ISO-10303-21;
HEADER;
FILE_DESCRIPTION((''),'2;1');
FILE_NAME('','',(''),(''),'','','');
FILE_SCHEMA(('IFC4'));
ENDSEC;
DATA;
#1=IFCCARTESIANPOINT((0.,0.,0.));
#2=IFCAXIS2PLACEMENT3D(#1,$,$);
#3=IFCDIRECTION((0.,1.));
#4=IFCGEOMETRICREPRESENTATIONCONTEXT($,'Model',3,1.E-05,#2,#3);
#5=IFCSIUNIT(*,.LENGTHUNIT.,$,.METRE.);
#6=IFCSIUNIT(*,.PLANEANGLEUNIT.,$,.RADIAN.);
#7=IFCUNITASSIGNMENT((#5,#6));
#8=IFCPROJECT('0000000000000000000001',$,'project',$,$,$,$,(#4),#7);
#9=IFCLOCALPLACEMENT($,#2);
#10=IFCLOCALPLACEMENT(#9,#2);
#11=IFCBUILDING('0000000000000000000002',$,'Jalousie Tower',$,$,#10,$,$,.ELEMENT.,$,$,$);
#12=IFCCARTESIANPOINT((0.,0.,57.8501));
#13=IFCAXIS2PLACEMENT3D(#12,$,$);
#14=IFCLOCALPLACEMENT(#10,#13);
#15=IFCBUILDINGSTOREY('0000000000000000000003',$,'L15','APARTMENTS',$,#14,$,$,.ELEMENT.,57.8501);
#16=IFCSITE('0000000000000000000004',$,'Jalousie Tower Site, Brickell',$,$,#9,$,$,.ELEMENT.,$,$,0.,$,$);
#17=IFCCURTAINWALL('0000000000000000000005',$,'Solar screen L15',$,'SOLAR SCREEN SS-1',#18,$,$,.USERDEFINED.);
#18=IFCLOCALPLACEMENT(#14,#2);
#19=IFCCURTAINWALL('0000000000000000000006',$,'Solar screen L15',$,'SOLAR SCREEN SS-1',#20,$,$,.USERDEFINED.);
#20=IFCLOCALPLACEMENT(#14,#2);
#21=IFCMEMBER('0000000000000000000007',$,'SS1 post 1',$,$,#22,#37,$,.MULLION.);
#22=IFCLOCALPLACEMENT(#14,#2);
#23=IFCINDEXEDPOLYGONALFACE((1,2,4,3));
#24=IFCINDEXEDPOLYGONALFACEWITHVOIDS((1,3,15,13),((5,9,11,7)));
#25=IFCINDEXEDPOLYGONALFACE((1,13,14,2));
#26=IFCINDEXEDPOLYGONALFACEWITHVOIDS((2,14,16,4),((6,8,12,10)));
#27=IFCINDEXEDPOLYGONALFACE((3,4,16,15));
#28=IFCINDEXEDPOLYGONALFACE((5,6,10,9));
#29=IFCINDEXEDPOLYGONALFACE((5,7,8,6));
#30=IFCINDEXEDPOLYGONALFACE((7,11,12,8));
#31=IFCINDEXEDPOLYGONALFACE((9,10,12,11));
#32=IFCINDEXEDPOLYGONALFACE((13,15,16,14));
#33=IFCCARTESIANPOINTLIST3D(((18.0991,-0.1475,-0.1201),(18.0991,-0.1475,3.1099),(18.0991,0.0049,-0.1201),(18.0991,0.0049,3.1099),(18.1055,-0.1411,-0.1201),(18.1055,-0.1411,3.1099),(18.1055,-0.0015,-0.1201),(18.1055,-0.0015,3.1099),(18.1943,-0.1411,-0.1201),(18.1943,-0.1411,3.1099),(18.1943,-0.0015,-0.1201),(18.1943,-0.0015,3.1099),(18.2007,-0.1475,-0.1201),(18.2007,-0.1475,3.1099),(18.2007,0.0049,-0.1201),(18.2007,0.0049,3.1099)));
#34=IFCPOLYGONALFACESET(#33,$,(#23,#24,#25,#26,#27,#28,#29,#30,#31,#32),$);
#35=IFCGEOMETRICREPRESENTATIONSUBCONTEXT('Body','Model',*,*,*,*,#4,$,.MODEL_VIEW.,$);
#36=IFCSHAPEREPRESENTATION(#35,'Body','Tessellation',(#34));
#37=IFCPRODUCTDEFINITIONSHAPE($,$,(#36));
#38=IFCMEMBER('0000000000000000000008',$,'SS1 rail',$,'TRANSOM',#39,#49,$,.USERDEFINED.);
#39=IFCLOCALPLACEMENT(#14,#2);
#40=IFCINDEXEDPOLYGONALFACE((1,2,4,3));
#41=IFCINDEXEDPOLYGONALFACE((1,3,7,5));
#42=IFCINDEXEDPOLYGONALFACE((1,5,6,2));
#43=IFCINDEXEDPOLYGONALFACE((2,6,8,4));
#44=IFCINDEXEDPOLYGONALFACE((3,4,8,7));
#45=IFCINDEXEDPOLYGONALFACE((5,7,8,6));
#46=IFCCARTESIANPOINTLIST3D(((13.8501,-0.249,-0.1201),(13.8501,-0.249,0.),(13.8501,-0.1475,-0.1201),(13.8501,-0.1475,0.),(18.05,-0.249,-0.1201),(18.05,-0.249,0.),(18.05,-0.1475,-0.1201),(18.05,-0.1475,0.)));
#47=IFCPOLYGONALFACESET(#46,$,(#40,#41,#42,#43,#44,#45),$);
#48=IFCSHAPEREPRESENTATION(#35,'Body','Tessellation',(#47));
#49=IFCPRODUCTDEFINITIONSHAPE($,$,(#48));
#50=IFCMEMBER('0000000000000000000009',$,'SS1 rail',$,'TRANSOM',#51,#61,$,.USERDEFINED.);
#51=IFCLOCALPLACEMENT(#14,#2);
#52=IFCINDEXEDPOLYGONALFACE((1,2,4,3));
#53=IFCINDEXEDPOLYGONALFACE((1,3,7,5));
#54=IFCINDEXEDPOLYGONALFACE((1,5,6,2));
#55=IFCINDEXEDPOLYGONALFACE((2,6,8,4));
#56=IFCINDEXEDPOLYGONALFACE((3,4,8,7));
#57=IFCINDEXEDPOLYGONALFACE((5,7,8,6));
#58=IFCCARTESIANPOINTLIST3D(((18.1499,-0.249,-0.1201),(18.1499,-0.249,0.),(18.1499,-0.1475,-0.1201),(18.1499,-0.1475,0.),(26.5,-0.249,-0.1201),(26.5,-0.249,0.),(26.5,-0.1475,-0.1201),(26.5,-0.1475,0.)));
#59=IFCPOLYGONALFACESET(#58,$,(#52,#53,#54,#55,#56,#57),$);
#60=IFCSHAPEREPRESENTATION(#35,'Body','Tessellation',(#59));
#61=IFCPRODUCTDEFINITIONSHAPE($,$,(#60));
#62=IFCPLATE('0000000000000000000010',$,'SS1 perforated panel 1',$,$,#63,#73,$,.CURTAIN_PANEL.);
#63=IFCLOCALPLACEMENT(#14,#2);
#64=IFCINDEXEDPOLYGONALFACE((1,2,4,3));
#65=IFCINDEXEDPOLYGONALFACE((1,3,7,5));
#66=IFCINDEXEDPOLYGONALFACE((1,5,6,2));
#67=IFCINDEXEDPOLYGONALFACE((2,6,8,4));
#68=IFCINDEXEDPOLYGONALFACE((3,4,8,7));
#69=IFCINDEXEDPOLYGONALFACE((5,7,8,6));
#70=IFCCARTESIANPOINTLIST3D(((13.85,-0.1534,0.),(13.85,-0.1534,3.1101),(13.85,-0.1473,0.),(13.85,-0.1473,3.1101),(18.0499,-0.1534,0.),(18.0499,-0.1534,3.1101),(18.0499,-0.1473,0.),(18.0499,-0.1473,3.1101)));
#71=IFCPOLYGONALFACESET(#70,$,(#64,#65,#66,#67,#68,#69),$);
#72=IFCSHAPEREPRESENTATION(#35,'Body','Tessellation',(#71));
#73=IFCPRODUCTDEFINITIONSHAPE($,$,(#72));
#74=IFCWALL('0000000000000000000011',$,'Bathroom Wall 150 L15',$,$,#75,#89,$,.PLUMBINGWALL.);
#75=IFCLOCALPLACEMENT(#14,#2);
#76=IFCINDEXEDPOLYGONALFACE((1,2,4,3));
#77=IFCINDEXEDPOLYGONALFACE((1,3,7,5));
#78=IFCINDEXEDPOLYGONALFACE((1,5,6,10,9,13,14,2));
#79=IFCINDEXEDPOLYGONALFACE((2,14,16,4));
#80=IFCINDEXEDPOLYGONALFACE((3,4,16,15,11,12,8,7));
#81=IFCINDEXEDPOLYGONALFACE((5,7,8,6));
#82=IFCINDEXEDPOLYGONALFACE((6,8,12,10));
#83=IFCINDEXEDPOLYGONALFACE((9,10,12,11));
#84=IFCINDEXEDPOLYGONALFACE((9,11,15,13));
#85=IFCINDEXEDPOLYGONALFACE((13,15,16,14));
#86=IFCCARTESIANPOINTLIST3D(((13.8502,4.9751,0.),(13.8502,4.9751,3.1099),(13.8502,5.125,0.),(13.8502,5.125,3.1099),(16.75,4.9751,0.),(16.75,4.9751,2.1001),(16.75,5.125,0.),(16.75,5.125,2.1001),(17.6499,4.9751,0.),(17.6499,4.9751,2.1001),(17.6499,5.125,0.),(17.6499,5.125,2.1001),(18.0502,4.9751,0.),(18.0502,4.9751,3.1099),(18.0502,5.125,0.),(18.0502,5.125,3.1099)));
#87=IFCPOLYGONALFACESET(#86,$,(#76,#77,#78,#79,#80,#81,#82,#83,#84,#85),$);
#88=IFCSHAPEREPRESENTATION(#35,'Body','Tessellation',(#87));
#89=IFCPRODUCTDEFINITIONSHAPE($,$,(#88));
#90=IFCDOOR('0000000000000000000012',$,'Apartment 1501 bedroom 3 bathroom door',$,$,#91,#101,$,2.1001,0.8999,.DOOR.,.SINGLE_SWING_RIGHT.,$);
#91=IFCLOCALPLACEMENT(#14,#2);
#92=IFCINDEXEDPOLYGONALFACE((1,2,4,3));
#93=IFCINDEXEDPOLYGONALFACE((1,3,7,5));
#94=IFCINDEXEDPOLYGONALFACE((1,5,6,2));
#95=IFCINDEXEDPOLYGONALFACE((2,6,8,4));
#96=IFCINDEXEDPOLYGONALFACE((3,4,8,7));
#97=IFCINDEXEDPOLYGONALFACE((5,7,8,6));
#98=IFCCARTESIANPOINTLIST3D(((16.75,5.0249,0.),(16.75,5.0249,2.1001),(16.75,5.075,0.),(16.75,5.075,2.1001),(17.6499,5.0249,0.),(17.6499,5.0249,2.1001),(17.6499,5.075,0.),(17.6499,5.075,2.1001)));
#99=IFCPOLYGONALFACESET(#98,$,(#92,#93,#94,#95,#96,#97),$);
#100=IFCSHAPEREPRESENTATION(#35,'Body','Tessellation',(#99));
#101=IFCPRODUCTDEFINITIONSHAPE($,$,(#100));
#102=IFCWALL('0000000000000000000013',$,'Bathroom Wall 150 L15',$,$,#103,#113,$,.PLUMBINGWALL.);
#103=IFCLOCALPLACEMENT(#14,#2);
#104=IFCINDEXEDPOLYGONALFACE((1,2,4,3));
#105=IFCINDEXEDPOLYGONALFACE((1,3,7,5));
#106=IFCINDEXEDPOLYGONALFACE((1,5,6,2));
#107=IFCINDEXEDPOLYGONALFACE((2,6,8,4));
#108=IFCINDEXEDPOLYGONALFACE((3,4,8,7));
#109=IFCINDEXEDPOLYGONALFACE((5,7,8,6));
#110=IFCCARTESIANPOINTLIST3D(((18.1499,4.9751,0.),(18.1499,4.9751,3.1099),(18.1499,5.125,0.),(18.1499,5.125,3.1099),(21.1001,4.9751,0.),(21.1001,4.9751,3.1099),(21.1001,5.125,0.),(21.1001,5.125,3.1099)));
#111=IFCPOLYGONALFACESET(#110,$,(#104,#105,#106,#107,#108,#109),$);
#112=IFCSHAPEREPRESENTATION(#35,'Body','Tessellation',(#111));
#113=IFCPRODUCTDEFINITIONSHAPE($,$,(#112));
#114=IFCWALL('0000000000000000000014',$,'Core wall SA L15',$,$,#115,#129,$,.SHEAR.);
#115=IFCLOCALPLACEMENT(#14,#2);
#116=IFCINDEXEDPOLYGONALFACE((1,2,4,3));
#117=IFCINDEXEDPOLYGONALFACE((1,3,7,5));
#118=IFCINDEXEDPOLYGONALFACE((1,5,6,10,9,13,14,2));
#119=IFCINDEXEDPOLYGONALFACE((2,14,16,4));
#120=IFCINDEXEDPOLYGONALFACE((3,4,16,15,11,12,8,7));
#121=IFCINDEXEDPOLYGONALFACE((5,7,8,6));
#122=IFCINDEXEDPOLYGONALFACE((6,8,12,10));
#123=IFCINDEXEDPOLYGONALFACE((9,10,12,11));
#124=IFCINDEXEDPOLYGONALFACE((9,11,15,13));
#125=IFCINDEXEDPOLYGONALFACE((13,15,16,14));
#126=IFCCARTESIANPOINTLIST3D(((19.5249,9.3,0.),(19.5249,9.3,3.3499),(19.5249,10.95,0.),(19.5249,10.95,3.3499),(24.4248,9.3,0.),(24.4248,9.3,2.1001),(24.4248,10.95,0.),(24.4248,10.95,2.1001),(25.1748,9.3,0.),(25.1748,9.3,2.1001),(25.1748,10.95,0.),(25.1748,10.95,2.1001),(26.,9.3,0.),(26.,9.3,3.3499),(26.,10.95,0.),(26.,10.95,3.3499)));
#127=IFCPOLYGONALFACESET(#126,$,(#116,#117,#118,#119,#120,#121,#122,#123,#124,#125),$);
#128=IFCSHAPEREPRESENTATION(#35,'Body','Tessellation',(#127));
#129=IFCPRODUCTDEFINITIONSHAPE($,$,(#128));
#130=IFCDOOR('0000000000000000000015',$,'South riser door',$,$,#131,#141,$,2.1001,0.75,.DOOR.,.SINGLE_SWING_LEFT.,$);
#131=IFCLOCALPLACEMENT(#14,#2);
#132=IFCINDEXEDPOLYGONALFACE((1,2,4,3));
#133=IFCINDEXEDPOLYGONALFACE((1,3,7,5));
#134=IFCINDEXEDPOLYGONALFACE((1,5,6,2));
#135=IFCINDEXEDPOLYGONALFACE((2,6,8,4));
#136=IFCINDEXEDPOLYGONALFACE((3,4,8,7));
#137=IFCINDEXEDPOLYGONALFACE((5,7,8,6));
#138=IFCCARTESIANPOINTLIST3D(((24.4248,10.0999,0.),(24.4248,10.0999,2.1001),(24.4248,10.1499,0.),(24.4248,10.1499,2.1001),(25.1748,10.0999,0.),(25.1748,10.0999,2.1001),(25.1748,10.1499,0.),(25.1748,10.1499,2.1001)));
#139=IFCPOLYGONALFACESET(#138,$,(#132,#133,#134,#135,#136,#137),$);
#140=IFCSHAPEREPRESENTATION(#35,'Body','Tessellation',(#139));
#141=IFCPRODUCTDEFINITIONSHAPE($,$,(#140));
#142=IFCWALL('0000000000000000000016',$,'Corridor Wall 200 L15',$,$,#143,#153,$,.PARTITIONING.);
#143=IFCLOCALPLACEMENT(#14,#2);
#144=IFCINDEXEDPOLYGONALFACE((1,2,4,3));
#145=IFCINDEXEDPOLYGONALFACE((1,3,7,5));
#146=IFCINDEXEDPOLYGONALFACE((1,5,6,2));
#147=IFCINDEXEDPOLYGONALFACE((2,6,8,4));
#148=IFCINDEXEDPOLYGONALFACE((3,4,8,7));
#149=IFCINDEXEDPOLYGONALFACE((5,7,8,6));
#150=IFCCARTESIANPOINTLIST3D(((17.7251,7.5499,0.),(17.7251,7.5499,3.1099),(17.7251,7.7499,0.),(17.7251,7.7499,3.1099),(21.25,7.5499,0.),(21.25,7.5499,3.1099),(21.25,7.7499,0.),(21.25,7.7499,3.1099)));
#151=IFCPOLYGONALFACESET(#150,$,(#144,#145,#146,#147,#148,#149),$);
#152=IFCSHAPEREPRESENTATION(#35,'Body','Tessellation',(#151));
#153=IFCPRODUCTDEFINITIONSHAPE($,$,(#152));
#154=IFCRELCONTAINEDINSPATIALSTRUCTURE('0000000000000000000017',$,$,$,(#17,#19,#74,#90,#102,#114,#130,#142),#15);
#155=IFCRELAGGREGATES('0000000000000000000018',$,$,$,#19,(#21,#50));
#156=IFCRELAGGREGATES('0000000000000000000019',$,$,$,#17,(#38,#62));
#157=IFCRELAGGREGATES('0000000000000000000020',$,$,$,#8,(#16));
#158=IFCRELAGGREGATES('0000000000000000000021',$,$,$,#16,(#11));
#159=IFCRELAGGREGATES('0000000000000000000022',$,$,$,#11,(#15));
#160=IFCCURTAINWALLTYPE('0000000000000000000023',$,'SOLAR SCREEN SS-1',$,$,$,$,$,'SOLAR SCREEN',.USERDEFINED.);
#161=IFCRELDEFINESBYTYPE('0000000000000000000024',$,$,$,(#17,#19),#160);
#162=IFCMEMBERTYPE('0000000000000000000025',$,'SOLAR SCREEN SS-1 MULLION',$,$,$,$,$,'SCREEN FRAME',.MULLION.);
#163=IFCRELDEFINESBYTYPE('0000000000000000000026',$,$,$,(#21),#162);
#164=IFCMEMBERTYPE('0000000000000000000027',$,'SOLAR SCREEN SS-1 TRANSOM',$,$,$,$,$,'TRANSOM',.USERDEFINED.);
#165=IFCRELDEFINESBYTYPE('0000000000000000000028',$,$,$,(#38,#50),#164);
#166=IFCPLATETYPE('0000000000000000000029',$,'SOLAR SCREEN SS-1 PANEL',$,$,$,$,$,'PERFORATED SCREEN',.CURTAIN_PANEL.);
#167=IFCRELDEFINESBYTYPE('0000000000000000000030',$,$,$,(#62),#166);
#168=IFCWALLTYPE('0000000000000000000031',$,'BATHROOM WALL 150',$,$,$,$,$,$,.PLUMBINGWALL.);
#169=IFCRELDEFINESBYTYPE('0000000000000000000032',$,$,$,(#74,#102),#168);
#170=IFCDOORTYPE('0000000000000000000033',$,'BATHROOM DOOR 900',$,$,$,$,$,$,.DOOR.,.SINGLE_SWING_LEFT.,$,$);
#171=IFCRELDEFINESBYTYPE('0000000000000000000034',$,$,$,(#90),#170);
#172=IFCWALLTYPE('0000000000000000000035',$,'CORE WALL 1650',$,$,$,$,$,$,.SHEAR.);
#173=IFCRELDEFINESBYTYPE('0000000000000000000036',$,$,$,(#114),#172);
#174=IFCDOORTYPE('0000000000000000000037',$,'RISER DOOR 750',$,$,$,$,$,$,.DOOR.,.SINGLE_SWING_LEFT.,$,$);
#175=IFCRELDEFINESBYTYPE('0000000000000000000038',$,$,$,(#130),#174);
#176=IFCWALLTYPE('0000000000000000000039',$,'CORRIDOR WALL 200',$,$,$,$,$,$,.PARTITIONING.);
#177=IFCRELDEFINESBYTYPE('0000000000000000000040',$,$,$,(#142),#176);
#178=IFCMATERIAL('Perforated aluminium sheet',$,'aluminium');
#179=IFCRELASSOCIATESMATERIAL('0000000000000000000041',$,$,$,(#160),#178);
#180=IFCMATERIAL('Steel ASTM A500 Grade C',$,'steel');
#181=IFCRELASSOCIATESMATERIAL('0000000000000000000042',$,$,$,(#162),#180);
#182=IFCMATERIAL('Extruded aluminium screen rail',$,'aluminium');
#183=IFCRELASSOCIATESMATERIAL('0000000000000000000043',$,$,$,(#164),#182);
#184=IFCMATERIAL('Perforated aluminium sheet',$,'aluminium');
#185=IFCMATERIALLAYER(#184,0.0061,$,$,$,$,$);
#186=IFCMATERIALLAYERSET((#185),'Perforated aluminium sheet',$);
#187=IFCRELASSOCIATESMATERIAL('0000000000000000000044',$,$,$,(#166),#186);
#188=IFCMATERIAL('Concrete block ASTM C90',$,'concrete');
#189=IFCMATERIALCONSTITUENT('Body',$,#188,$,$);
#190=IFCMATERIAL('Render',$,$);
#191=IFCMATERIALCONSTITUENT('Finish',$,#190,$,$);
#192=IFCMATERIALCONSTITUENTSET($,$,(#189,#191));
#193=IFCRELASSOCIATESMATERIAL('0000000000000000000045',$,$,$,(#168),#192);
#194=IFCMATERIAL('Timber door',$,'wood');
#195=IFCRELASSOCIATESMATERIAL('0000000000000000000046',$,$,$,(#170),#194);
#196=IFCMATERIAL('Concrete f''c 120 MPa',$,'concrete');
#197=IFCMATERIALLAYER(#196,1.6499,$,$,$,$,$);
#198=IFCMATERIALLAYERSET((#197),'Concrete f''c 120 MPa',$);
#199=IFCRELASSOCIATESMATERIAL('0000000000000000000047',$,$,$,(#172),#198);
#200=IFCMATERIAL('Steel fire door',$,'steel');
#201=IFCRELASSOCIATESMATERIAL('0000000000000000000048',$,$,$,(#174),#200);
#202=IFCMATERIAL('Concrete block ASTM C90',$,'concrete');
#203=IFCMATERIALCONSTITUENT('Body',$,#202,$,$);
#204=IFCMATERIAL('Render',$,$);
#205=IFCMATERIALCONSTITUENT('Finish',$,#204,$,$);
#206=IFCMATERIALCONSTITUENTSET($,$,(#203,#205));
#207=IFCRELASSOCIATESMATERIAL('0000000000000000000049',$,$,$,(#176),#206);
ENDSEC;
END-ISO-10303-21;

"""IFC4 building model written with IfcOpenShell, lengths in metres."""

from ifc_helpers import new_model, si_unit, direction, frame, frame_2d, origin, origin_2d, place, context, subcontext, project, spatial, rectangle, hollow_rectangle, extrude, material, layer, layer_set, constituent, constituent_set, material_profile, profile_set, type_object, element, fill, aggregate, save


model = new_model("IFC4")

# Units and contexts
model_context = context("Model", 3, precision=1e-05, world=origin(), true_north=direction((0.0, 1.0)))
body_context = subcontext(model_context, "Body", "Model", "MODEL_VIEW")
ifc_project = project(units=[si_unit("LENGTHUNIT", "METRE"), si_unit("PLANEANGLEUNIT", "RADIAN")], contexts=[model_context])

# Site, building, storey
site_placement = place(None, origin())
site = spatial("IfcSite", under=ifc_project, at=site_placement, Name="Jalousie Tower Site, Brickell", CompositionType="ELEMENT", RefElevation=0.0)
building_placement = place(site_placement, origin())
building = spatial("IfcBuilding", under=site, at=building_placement, Name="Jalousie Tower", CompositionType="ELEMENT")
storey_placement = place(building_placement, frame((0.0, 0.0, 57.8501)))
storey = spatial("IfcBuildingStorey", under=building, at=storey_placement, Name="L15", Description="APARTMENTS", CompositionType="ELEMENT", Elevation=57.8501)

# Shared definitions
ifc_material_1 = material(Name="Perforated aluminium sheet", Category="aluminium")
curtain_wall_type = type_object("IfcCurtainWallType", Name="SOLAR SCREEN SS-1", ElementType="SOLAR SCREEN", PredefinedType="USERDEFINED", material=ifc_material_1)
ifc_material_2 = material(Name="Steel ASTM A500 Grade C", Category="steel")
ifc_material_profile_1 = material_profile(ifc_material_2, hollow_rectangle(XDim=0.1016, YDim=0.1523, WallThickness=0.0063, at=origin_2d()), Name="HSS6X4X1/4")
ifc_profile_set_1 = profile_set([ifc_material_profile_1], Name="Steel ASTM A500 Grade C")
member_type_1 = type_object("IfcMemberType", Name="SOLAR SCREEN SS-1 MULLION", ElementType="SCREEN FRAME", PredefinedType="MULLION", material=ifc_profile_set_1)

# Curtain wall
curtain_wall_1_placement = place(storey_placement, origin())
curtain_wall_1 = element("IfcCurtainWall", 1, at=curtain_wall_1_placement, inside=storey, type_object=curtain_wall_type, Name="Solar screen L15", ObjectType="SOLAR SCREEN SS-1", PredefinedType="USERDEFINED")

# Curtain wall, member
curtain_wall_2_placement = place(storey_placement, origin())
curtain_wall_2 = element("IfcCurtainWall", 2, at=curtain_wall_2_placement, inside=storey, type_object=curtain_wall_type, Name="Solar screen L15", ObjectType="SOLAR SCREEN SS-1", PredefinedType="USERDEFINED")
member_1_placement = place(storey_placement, frame((18.1499, -0.0713, -0.1201), z_axis=(0.0, 0.0, 1.0), x_axis=(1.0, 0.0, 0.0)))
member_1 = element("IfcMember", 3, at=member_1_placement, type_object=member_type_1, Name="SS1 post 1", PredefinedType="MULLION", context=body_context, shape_type="SweptSolid", body=[
    extrude(hollow_rectangle(XDim=0.1016, YDim=0.1523, WallThickness=0.0063, at=origin_2d()), origin(), (0.0, 0.0, 1.0), 3.23),
])

# Members
ifc_material_3 = material(Name="Extruded aluminium screen rail", Category="aluminium")
ifc_material_profile_2 = material_profile(ifc_material_3, rectangle(XDim=0.1016, YDim=0.1201, at=origin_2d()), Name="RAIL 102x120")
ifc_profile_set_2 = profile_set([ifc_material_profile_2], Name="Extruded aluminium screen rail")
member_type_2 = type_object("IfcMemberType", Name="SOLAR SCREEN SS-1 TRANSOM", ElementType="TRANSOM", PredefinedType="USERDEFINED", material=ifc_profile_set_2)
member_2_placement = place(storey_placement, frame((13.8501, -0.1982, -0.0601), z_axis=(1.0, 0.0, 0.0), x_axis=(0.0, 1.0, 0.0)))
member_2 = element("IfcMember", 4, at=member_2_placement, type_object=member_type_2, Name="SS1 rail", ObjectType="TRANSOM", PredefinedType="USERDEFINED", context=body_context, shape_type="SweptSolid", body=[
    extrude(rectangle(XDim=0.1016, YDim=0.1201, at=origin_2d()), origin(), (0.0, 0.0, 1.0), 4.2),
])
member_3_placement = place(storey_placement, frame((18.1499, -0.1982, -0.0601), z_axis=(1.0, 0.0, 0.0), x_axis=(0.0, 1.0, 0.0)))
member_3 = element("IfcMember", 5, at=member_3_placement, type_object=member_type_2, Name="SS1 rail", ObjectType="TRANSOM", PredefinedType="USERDEFINED", context=body_context, shape_type="SweptSolid", body=[
    extrude(rectangle(XDim=0.1016, YDim=0.1201, at=origin_2d()), origin(), (0.0, 0.0, 1.0), 8.3501),
])
aggregate(curtain_wall_2, [member_1, member_3])

# Plate
ifc_material_4 = material(Name="Perforated aluminium sheet", Category="aluminium")
ifc_layer_1 = layer(ifc_material_4, 0.0061)
ifc_layer_set_1 = layer_set([ifc_layer_1], Name="Perforated aluminium sheet")
plate_type = type_object("IfcPlateType", Name="SOLAR SCREEN SS-1 PANEL", ElementType="PERFORATED SCREEN", PredefinedType="CURTAIN_PANEL", material=ifc_layer_set_1)
plate_placement = place(storey_placement, frame((15.95, -0.1504, 0.0), z_axis=(0.0, 0.0, 1.0), x_axis=(1.0, 0.0, 0.0)))
plate = element("IfcPlate", 6, at=plate_placement, type_object=plate_type, Name="SS1 perforated panel 1", PredefinedType="CURTAIN_PANEL", context=body_context, shape_type="SweptSolid", body=[
    extrude(rectangle(XDim=4.2, YDim=0.0061, at=origin_2d()), origin(), (0.0, 0.0, 1.0), 3.1101),
])
aggregate(curtain_wall_1, [member_2, plate])

# Wall, opening, door
ifc_material_5 = material(Name="Concrete block ASTM C90", Category="concrete")
ifc_constituent_1 = constituent(ifc_material_5, Name="Body")
ifc_material_6 = material(Name="Render")
ifc_constituent_2 = constituent(ifc_material_6, Name="Finish")
ifc_constituent_set_1 = constituent_set(constituents=[ifc_constituent_1, ifc_constituent_2])
wall_type_1 = type_object("IfcWallType", Name="BATHROOM WALL 150", PredefinedType="PLUMBINGWALL", material=ifc_constituent_set_1)
wall_1_placement = place(storey_placement, frame((13.8501, 5.05, 0.0), z_axis=(0.0, 0.0, 1.0), x_axis=(1.0, 0.0, 0.0)))
wall_1 = element("IfcWall", 7, at=wall_1_placement, inside=storey, type_object=wall_type_1, Name="Bathroom Wall 150 L15", PredefinedType="PLUMBINGWALL", context=body_context, shape_type="SweptSolid", body=[
    extrude(rectangle(XDim=4.2, YDim=0.1499, at=frame_2d((2.1001, 0.0))), origin(), (0.0, 0.0, 1.0), 3.1099),
])
opening_1_placement = place(wall_1_placement, frame((2.8999, 0.0, 0.0)))
opening_1 = element("IfcOpeningElement", 8, at=opening_1_placement, cuts=wall_1, PredefinedType="OPENING", context=body_context, shape_type="SweptSolid", body=[
    extrude(rectangle(XDim=0.8999, YDim=2.1001, at=frame_2d((0.45, 1.05))), frame((0.0, 0.085, 0.0), z_axis=(0.0, -1.0, 0.0), x_axis=(1.0, 0.0, 0.0)), (0.0, 0.0, 1.0), 0.1699),
])
ifc_material_7 = material(Name="Timber door", Category="wood")
door_type_1 = type_object("IfcDoorType", Name="BATHROOM DOOR 900", OperationType="SINGLE_SWING_LEFT", PredefinedType="DOOR", material=ifc_material_7)
door_1_placement = place(opening_1_placement, origin())
door_1 = element("IfcDoor", 9, at=door_1_placement, inside=storey, type_object=door_type_1, Name="Apartment 1501 bedroom 3 bathroom door", OperationType="SINGLE_SWING_RIGHT", OverallHeight=2.1001, OverallWidth=0.8999, PredefinedType="DOOR", context=body_context, shape_type="SweptSolid", body=[
    extrude(rectangle(XDim=0.8999, YDim=2.1001, at=frame_2d((0.45, 1.05))), frame((0.0, 0.0249, 0.0), z_axis=(0.0, -1.0, 0.0), x_axis=(1.0, 0.0, 0.0)), (0.0, 0.0, 1.0), 0.05),
])
fill(opening_1, door_1)

# Wall
wall_2_placement = place(storey_placement, frame((18.1499, 5.05, 0.0), z_axis=(0.0, 0.0, 1.0), x_axis=(1.0, 0.0, 0.0)))
element("IfcWall", 10, at=wall_2_placement, inside=storey, type_object=wall_type_1, Name="Bathroom Wall 150 L15", PredefinedType="PLUMBINGWALL", context=body_context, shape_type="SweptSolid", body=[
    extrude(rectangle(XDim=2.9502, YDim=0.1499, at=frame_2d((1.4751, 0.0))), origin(), (0.0, 0.0, 1.0), 3.1099),
])

# Wall, opening, door
ifc_material_8 = material(Name="Concrete f'c 120 MPa", Category="concrete")
ifc_layer_2 = layer(ifc_material_8, 1.6499)
ifc_layer_set_2 = layer_set([ifc_layer_2], Name="Concrete f'c 120 MPa")
wall_type_2 = type_object("IfcWallType", Name="CORE WALL 1650", PredefinedType="SHEAR", material=ifc_layer_set_2)
wall_3_placement = place(storey_placement, frame((19.5249, 10.125, 0.0), z_axis=(0.0, 0.0, 1.0), x_axis=(1.0, 0.0, 0.0)))
wall_3 = element("IfcWall", 11, at=wall_3_placement, inside=storey, type_object=wall_type_2, Name="Core wall SA L15", PredefinedType="SHEAR", context=body_context, shape_type="SweptSolid", body=[
    extrude(rectangle(XDim=6.4751, YDim=1.6499, at=frame_2d((3.2375, 0.0))), origin(), (0.0, 0.0, 1.0), 3.3499),
])
opening_2_placement = place(wall_3_placement, frame((4.8999, 0.0, 0.0)))
opening_2 = element("IfcOpeningElement", 12, at=opening_2_placement, cuts=wall_3, PredefinedType="OPENING", context=body_context, shape_type="SweptSolid", body=[
    extrude(rectangle(XDim=0.75, YDim=2.1001, at=frame_2d((0.375, 1.05))), frame((0.0, 0.835, 0.0), z_axis=(0.0, -1.0, 0.0), x_axis=(1.0, 0.0, 0.0)), (0.0, 0.0, 1.0), 1.6699),
])
ifc_material_9 = material(Name="Steel fire door", Category="steel")
door_type_2 = type_object("IfcDoorType", Name="RISER DOOR 750", OperationType="SINGLE_SWING_LEFT", PredefinedType="DOOR", material=ifc_material_9)
door_2_placement = place(opening_2_placement, origin())
door_2 = element("IfcDoor", 13, at=door_2_placement, inside=storey, type_object=door_type_2, Name="South riser door", OperationType="SINGLE_SWING_LEFT", OverallHeight=2.1001, OverallWidth=0.75, PredefinedType="DOOR", context=body_context, shape_type="SweptSolid", body=[
    extrude(rectangle(XDim=0.75, YDim=2.1001, at=frame_2d((0.375, 1.05))), frame((0.0, 0.0249, 0.0), z_axis=(0.0, -1.0, 0.0), x_axis=(1.0, 0.0, 0.0)), (0.0, 0.0, 1.0), 0.05),
])
fill(opening_2, door_2)

# Wall
ifc_material_10 = material(Name="Concrete block ASTM C90", Category="concrete")
ifc_constituent_3 = constituent(ifc_material_10, Name="Body")
ifc_material_11 = material(Name="Render")
ifc_constituent_4 = constituent(ifc_material_11, Name="Finish")
ifc_constituent_set_2 = constituent_set(constituents=[ifc_constituent_3, ifc_constituent_4])
wall_type_3 = type_object("IfcWallType", Name="CORRIDOR WALL 200", PredefinedType="PARTITIONING", material=ifc_constituent_set_2)
wall_4_placement = place(storey_placement, frame((17.7251, 7.6499, 0.0), z_axis=(0.0, 0.0, 1.0), x_axis=(1.0, 0.0, 0.0)))
element("IfcWall", 14, at=wall_4_placement, inside=storey, type_object=wall_type_3, Name="Corridor Wall 200 L15", PredefinedType="PARTITIONING", context=body_context, shape_type="SweptSolid", body=[
    extrude(rectangle(XDim=3.5249, YDim=0.2, at=frame_2d((1.7625, 0.0))), origin(), (0.0, 0.0, 1.0), 3.1099),
])

save(model, "model.ifc")
